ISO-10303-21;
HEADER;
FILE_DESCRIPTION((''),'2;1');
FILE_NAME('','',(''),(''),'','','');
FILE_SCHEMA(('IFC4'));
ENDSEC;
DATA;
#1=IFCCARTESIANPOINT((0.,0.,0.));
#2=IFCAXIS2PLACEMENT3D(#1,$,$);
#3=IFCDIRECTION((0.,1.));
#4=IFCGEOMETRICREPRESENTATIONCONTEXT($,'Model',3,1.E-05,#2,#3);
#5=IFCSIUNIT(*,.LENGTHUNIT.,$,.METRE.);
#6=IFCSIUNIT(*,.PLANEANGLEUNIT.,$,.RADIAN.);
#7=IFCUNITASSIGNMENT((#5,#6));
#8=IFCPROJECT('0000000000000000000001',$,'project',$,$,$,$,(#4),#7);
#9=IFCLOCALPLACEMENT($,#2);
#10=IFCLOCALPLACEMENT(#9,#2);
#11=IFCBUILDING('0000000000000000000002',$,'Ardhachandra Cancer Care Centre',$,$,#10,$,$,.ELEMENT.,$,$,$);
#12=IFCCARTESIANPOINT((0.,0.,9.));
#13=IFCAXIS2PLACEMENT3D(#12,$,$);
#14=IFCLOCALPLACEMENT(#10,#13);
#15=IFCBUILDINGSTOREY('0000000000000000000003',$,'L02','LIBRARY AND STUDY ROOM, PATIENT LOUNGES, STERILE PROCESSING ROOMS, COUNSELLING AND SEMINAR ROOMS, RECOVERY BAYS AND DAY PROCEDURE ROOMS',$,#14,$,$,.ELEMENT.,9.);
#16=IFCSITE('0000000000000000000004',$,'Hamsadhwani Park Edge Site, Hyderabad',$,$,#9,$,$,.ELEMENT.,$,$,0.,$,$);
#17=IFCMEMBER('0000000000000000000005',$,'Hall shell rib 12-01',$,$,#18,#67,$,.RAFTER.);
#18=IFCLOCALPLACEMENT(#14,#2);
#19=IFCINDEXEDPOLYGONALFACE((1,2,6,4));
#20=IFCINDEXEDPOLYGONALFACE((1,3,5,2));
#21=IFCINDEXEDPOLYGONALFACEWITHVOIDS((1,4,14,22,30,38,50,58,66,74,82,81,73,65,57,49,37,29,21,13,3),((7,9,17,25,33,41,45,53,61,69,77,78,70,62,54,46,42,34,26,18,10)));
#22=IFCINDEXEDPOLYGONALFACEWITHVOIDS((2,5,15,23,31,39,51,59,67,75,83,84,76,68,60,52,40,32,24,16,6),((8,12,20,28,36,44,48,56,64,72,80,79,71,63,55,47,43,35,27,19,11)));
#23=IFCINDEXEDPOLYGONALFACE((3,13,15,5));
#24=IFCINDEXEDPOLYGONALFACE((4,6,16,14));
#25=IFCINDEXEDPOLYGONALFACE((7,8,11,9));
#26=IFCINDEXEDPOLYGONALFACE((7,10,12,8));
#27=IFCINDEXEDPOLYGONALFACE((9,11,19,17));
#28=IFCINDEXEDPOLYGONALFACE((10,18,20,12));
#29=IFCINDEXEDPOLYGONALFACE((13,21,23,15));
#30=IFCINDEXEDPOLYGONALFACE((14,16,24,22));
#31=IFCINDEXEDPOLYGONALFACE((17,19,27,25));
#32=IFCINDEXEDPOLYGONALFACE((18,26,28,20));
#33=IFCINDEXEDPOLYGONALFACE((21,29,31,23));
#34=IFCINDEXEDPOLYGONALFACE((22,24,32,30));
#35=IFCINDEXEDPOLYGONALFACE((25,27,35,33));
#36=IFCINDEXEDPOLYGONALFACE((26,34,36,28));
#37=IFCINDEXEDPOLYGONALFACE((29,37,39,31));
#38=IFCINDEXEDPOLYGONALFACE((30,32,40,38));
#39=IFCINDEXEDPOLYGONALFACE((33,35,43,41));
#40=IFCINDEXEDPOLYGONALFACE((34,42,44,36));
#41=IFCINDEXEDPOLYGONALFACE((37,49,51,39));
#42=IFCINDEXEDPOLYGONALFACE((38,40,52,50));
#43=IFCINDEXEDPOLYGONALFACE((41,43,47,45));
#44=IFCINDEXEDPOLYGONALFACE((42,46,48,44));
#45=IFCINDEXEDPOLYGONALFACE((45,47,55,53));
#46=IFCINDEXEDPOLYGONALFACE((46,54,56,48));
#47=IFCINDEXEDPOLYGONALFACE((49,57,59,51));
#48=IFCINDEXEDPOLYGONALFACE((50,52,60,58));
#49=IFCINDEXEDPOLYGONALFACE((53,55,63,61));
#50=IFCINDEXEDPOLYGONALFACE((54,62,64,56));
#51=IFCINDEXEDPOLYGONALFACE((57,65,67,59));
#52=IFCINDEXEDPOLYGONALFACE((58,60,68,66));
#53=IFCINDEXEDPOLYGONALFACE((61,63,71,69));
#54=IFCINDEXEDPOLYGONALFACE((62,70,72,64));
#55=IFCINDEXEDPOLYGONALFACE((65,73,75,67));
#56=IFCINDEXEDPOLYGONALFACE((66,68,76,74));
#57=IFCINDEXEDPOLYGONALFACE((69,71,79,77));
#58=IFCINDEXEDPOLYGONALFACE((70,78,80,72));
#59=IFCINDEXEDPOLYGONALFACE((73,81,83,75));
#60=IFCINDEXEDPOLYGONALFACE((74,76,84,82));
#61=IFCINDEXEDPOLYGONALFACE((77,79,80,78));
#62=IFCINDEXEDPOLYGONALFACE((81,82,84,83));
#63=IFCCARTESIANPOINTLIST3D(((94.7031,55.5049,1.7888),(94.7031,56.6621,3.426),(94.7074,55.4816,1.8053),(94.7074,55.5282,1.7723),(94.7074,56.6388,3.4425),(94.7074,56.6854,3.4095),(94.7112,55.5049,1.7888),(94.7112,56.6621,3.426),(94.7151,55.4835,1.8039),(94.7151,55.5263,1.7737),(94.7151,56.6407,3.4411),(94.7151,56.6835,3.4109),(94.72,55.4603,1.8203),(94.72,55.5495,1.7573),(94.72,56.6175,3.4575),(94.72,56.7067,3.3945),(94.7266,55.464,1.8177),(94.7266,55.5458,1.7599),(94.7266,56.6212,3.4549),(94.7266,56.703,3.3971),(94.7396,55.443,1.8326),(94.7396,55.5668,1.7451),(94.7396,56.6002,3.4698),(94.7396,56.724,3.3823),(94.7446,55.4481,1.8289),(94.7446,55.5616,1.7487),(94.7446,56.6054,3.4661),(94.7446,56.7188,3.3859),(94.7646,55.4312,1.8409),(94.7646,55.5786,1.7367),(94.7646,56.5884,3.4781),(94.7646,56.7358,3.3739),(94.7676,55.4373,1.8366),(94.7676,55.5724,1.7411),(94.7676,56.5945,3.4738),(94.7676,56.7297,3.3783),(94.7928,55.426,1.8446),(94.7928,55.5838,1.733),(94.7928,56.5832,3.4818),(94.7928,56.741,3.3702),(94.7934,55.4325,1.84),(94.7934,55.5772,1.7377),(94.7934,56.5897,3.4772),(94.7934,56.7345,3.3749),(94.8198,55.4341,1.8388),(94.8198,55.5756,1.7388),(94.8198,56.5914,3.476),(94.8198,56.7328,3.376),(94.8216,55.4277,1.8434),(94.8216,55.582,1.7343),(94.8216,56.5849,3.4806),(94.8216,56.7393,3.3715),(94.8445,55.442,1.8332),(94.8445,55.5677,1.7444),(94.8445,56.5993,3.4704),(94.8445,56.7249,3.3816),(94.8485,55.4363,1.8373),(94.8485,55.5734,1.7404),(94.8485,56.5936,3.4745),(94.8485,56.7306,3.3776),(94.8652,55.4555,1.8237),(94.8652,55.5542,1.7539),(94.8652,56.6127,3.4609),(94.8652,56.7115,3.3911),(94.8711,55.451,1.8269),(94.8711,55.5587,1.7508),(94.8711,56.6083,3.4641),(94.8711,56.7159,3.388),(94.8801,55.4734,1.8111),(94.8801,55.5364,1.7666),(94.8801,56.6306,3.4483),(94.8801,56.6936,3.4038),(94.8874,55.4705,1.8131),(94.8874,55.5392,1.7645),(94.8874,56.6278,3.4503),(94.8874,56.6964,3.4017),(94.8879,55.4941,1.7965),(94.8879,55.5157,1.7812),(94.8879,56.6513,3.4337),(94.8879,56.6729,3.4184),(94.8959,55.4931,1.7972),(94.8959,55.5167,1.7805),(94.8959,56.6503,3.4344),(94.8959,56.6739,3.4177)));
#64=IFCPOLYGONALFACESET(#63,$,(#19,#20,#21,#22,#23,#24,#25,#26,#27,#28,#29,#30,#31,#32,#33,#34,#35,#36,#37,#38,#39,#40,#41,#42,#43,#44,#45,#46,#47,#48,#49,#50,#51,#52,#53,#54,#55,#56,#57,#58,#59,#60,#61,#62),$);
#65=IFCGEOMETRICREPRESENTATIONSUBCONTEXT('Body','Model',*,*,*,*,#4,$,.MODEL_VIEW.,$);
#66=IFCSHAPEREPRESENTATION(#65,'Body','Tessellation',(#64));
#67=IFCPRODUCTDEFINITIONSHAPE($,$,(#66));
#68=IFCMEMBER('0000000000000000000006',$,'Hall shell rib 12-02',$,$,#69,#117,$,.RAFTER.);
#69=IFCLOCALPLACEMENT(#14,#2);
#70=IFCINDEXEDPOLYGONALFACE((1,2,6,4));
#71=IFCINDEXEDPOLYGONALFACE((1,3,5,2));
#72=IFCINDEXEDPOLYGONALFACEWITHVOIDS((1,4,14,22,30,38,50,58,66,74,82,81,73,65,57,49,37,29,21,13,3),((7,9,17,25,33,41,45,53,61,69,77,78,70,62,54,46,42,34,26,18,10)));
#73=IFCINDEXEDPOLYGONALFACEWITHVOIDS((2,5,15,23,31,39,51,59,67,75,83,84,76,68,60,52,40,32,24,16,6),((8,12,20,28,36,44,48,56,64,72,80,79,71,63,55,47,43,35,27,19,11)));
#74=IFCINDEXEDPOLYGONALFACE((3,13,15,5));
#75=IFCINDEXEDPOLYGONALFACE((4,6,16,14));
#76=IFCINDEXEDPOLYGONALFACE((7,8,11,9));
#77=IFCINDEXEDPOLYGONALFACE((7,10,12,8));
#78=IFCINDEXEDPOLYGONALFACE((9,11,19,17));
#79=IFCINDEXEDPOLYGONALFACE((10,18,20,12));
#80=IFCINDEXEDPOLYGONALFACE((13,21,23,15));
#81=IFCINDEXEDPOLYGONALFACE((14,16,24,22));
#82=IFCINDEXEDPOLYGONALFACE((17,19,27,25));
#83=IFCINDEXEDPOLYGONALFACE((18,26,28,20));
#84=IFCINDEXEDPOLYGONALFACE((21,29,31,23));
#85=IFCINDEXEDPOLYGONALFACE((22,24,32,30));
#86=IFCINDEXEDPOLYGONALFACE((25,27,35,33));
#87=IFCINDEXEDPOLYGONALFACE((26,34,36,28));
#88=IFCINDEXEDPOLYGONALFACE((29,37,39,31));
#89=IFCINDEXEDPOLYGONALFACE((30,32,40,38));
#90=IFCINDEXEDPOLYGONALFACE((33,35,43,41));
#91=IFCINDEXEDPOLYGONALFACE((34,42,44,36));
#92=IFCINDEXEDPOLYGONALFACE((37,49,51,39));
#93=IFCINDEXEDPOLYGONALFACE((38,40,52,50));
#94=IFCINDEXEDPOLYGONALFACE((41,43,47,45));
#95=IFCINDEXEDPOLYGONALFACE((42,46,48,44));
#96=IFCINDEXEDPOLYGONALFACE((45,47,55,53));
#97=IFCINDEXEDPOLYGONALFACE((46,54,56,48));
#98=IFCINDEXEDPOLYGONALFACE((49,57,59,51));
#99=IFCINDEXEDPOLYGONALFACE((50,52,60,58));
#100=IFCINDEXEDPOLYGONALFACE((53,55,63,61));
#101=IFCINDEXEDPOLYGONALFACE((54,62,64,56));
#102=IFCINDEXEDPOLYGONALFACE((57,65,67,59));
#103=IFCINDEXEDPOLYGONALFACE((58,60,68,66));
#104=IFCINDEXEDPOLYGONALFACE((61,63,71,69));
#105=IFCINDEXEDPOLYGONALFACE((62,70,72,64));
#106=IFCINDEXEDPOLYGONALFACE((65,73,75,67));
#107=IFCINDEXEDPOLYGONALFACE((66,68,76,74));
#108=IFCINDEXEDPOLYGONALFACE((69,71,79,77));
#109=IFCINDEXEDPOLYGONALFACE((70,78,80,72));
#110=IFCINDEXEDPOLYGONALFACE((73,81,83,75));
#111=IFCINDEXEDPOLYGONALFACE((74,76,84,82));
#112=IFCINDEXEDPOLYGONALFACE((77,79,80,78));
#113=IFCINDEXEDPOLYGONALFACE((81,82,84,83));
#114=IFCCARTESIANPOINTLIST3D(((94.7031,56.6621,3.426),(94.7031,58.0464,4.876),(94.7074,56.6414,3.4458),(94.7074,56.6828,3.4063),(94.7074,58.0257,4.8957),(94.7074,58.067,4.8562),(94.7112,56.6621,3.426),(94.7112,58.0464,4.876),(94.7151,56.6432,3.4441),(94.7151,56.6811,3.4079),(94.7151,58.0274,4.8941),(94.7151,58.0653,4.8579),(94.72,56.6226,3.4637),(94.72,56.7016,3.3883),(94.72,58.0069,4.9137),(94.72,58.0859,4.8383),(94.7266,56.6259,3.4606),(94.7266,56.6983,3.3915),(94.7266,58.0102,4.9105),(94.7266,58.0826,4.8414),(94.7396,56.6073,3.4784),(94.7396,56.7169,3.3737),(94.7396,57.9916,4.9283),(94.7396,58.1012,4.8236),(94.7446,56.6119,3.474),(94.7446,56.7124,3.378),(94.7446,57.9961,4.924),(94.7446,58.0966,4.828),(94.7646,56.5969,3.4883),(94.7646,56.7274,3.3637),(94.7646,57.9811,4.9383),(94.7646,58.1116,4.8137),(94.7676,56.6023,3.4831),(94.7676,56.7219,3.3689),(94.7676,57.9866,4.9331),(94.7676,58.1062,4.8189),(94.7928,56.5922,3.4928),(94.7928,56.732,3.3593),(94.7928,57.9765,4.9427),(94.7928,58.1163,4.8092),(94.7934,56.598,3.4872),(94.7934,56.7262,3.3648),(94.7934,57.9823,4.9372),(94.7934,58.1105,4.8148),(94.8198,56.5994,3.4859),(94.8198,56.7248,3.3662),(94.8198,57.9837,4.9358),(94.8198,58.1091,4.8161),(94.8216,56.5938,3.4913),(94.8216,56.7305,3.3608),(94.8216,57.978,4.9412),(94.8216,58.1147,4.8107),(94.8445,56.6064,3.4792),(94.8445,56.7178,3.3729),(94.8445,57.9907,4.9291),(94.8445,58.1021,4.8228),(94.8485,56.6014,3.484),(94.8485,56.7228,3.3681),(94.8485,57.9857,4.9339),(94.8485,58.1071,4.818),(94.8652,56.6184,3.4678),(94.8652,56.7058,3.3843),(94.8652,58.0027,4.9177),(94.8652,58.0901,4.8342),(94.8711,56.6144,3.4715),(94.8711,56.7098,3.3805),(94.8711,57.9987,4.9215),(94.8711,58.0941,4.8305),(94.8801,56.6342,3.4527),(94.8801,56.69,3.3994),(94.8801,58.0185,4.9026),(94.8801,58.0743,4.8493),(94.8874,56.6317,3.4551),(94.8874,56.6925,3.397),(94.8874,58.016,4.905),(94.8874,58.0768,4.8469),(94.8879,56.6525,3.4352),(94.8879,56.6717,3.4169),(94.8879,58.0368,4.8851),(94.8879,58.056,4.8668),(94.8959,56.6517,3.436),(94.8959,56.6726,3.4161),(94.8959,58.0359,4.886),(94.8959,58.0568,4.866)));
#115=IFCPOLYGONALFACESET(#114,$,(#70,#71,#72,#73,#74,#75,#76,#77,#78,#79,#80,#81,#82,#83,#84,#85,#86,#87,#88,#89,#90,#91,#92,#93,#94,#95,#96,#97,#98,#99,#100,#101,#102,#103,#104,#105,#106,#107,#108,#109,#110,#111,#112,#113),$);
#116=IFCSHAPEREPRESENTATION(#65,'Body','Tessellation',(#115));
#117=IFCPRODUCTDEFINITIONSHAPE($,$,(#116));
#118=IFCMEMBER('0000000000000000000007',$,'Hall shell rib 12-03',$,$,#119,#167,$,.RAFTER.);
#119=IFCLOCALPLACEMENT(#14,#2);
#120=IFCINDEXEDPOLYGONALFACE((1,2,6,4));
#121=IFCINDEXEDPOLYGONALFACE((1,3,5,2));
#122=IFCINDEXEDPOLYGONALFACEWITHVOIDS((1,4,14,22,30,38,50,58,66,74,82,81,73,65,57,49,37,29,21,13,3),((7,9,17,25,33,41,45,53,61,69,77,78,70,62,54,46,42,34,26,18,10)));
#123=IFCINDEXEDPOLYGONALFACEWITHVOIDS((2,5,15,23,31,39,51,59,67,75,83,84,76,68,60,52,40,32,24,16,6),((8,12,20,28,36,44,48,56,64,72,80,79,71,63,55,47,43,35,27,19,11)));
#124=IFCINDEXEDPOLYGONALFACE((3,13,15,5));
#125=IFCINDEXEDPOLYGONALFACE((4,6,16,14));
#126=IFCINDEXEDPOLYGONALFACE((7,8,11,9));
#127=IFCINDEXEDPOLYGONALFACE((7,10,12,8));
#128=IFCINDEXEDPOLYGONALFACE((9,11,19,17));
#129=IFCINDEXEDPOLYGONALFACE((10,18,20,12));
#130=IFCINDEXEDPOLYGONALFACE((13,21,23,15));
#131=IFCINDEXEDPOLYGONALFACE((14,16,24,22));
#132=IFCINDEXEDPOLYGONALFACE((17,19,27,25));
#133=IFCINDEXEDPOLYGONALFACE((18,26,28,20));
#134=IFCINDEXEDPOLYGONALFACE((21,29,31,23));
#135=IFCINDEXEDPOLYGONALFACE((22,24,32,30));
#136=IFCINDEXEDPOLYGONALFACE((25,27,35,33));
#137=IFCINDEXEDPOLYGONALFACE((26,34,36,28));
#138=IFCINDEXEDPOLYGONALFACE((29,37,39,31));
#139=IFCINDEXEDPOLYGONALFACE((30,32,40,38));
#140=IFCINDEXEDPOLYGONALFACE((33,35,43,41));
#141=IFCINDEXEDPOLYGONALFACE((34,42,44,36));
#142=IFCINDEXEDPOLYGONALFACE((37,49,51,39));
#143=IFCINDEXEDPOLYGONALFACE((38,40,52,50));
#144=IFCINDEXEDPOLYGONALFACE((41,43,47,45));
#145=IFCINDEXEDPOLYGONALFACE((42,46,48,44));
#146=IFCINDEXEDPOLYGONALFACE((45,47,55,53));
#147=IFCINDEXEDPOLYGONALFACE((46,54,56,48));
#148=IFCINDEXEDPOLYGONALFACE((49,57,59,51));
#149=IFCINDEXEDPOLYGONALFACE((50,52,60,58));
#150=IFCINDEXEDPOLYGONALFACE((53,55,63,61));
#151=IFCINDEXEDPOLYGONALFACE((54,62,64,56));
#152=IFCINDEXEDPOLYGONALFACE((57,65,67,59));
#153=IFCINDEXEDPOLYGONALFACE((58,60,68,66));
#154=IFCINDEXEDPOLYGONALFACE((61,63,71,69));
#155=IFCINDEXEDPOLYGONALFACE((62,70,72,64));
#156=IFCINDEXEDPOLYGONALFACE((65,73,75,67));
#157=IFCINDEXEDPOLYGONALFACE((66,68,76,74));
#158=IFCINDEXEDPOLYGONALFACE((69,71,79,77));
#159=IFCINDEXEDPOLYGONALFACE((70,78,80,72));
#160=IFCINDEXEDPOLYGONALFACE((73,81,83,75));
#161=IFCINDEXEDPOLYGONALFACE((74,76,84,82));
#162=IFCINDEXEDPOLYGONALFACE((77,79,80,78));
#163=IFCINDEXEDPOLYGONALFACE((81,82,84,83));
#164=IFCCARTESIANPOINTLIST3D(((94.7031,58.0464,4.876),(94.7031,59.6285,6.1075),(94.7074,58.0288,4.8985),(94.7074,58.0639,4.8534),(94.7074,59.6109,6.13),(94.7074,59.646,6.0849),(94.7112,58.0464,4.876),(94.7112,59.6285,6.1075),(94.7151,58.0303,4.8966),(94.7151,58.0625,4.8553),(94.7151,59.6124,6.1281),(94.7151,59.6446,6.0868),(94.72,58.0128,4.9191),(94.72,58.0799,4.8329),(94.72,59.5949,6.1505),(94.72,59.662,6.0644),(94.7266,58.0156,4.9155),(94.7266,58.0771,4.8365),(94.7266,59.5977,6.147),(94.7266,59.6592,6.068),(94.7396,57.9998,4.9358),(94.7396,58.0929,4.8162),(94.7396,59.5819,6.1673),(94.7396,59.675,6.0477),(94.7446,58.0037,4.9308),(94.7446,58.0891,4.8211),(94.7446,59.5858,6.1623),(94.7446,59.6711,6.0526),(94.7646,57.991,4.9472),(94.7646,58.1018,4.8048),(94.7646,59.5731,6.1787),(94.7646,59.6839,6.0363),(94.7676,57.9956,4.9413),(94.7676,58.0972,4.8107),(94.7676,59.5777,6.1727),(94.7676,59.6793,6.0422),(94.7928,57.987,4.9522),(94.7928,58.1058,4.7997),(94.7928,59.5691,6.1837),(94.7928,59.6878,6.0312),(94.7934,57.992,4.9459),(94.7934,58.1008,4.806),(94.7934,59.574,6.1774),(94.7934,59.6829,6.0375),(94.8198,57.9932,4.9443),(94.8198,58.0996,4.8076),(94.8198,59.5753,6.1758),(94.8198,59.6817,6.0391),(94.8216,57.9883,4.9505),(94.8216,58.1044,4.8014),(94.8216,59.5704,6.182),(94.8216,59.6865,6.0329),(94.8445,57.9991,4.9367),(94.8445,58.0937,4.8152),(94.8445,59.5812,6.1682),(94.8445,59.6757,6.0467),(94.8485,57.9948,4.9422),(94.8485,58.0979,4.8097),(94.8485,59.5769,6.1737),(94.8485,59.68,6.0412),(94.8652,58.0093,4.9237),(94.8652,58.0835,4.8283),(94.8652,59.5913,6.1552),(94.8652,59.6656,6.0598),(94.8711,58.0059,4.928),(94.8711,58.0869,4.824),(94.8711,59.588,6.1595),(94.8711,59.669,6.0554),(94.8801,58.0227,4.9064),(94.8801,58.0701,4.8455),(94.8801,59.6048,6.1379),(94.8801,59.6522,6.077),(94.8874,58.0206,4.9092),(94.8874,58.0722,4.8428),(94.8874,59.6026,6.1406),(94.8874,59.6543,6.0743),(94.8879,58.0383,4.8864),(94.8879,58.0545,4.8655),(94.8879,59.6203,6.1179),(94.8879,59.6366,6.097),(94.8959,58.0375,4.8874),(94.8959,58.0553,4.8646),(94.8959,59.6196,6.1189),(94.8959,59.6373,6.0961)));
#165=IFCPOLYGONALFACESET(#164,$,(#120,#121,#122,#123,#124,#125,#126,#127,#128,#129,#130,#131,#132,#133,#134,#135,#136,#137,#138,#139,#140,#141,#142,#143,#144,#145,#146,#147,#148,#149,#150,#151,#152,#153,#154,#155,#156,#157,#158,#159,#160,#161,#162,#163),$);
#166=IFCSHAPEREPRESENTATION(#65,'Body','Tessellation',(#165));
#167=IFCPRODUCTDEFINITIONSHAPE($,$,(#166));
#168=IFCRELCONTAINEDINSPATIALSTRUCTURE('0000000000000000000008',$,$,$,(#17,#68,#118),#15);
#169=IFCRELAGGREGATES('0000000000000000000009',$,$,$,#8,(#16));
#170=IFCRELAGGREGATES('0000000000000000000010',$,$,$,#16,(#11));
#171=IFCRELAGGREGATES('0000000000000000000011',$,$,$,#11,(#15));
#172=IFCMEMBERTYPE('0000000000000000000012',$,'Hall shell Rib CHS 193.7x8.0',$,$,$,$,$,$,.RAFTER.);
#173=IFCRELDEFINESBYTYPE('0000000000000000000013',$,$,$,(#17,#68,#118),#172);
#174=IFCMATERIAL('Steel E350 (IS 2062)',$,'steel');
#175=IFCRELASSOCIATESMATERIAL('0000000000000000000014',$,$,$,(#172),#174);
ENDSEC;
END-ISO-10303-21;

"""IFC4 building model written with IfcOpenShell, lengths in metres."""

from ifc_helpers import new_model, si_unit, direction, frame, origin, origin_2d, place, context, subcontext, project, spatial, hollow_circle, extrude, material, material_profile, profile_set, type_object, element, save


model = new_model("IFC4")

# Units and contexts
model_context = context("Model", 3, precision=1e-05, world=origin(), true_north=direction((0.0, 1.0)))
body_context = subcontext(model_context, "Body", "Model", "MODEL_VIEW")
ifc_project = project(units=[si_unit("LENGTHUNIT", "METRE"), si_unit("PLANEANGLEUNIT", "RADIAN")], contexts=[model_context])

# Site, building, storey
site_placement = place(None, origin())
site = spatial("IfcSite", under=ifc_project, at=site_placement, Name="Hamsadhwani Park Edge Site, Hyderabad", CompositionType="ELEMENT", RefElevation=0.0)
building_placement = place(site_placement, origin())
building = spatial("IfcBuilding", under=site, at=building_placement, Name="Ardhachandra Cancer Care Centre", CompositionType="ELEMENT")
storey_placement = place(building_placement, frame((0.0, 0.0, 9.0)))
storey = spatial("IfcBuildingStorey", under=building, at=storey_placement, Name="L02", Description="LIBRARY AND STUDY ROOM, PATIENT LOUNGES, STERILE PROCESSING ROOMS, COUNSELLING AND SEMINAR ROOMS, RECOVERY BAYS AND DAY PROCEDURE ROOMS", CompositionType="ELEMENT", Elevation=9.0)

# Members
ifc_material_1 = material(Name="Steel E350 (IS 2062)", Category="steel")
ifc_material_profile_1 = material_profile(ifc_material_1, hollow_circle(Radius=0.0969, WallThickness=0.0081, at=origin_2d()), Name="CHS 193.7x8.0")
ifc_profile_set_1 = profile_set([ifc_material_profile_1], Name="Steel E350 (IS 2062)")
member_type_1 = type_object("IfcMemberType", Name="Hall shell Rib CHS 193.7x8.0", PredefinedType="RAFTER", material=ifc_profile_set_1)
member_1_placement = place(storey_placement, frame((94.8, 55.5049, 1.7888), z_axis=(0.0, 0.577199, 0.816603), x_axis=(-1.0, 0.0, 0.0)))
element("IfcMember", 1, at=member_1_placement, inside=storey, type_object=member_type_1, Name="Hall shell rib 12-01", PredefinedType="RAFTER", context=body_context, shape_type="SweptSolid", body=[
    extrude(hollow_circle(Radius=0.0969, WallThickness=0.0081, at=origin_2d()), origin(), (0.0, 0.0, 1.0), 2.0049),
])
member_2_placement = place(storey_placement, frame((94.8, 56.6621, 3.426), z_axis=(0.0, 0.690537, 0.723297), x_axis=(-1.0, 0.0, 0.0)))
element("IfcMember", 2, at=member_2_placement, inside=storey, type_object=member_type_1, Name="Hall shell rib 12-02", PredefinedType="RAFTER", context=body_context, shape_type="SweptSolid", body=[
    extrude(hollow_circle(Radius=0.0969, WallThickness=0.0081, at=origin_2d()), origin(), (0.0, 0.0, 1.0), 2.0046),
])
member_3_placement = place(storey_placement, frame((94.8, 58.0464, 4.876), z_axis=(0.0, 0.789116, 0.614244), x_axis=(-1.0, 0.0, 0.0)))
element("IfcMember", 3, at=member_3_placement, inside=storey, type_object=member_type_1, Name="Hall shell rib 12-03", PredefinedType="RAFTER", context=body_context, shape_type="SweptSolid", body=[
    extrude(hollow_circle(Radius=0.0969, WallThickness=0.0081, at=origin_2d()), origin(), (0.0, 0.0, 1.0), 2.0049),
])

save(model, "model.ifc")
